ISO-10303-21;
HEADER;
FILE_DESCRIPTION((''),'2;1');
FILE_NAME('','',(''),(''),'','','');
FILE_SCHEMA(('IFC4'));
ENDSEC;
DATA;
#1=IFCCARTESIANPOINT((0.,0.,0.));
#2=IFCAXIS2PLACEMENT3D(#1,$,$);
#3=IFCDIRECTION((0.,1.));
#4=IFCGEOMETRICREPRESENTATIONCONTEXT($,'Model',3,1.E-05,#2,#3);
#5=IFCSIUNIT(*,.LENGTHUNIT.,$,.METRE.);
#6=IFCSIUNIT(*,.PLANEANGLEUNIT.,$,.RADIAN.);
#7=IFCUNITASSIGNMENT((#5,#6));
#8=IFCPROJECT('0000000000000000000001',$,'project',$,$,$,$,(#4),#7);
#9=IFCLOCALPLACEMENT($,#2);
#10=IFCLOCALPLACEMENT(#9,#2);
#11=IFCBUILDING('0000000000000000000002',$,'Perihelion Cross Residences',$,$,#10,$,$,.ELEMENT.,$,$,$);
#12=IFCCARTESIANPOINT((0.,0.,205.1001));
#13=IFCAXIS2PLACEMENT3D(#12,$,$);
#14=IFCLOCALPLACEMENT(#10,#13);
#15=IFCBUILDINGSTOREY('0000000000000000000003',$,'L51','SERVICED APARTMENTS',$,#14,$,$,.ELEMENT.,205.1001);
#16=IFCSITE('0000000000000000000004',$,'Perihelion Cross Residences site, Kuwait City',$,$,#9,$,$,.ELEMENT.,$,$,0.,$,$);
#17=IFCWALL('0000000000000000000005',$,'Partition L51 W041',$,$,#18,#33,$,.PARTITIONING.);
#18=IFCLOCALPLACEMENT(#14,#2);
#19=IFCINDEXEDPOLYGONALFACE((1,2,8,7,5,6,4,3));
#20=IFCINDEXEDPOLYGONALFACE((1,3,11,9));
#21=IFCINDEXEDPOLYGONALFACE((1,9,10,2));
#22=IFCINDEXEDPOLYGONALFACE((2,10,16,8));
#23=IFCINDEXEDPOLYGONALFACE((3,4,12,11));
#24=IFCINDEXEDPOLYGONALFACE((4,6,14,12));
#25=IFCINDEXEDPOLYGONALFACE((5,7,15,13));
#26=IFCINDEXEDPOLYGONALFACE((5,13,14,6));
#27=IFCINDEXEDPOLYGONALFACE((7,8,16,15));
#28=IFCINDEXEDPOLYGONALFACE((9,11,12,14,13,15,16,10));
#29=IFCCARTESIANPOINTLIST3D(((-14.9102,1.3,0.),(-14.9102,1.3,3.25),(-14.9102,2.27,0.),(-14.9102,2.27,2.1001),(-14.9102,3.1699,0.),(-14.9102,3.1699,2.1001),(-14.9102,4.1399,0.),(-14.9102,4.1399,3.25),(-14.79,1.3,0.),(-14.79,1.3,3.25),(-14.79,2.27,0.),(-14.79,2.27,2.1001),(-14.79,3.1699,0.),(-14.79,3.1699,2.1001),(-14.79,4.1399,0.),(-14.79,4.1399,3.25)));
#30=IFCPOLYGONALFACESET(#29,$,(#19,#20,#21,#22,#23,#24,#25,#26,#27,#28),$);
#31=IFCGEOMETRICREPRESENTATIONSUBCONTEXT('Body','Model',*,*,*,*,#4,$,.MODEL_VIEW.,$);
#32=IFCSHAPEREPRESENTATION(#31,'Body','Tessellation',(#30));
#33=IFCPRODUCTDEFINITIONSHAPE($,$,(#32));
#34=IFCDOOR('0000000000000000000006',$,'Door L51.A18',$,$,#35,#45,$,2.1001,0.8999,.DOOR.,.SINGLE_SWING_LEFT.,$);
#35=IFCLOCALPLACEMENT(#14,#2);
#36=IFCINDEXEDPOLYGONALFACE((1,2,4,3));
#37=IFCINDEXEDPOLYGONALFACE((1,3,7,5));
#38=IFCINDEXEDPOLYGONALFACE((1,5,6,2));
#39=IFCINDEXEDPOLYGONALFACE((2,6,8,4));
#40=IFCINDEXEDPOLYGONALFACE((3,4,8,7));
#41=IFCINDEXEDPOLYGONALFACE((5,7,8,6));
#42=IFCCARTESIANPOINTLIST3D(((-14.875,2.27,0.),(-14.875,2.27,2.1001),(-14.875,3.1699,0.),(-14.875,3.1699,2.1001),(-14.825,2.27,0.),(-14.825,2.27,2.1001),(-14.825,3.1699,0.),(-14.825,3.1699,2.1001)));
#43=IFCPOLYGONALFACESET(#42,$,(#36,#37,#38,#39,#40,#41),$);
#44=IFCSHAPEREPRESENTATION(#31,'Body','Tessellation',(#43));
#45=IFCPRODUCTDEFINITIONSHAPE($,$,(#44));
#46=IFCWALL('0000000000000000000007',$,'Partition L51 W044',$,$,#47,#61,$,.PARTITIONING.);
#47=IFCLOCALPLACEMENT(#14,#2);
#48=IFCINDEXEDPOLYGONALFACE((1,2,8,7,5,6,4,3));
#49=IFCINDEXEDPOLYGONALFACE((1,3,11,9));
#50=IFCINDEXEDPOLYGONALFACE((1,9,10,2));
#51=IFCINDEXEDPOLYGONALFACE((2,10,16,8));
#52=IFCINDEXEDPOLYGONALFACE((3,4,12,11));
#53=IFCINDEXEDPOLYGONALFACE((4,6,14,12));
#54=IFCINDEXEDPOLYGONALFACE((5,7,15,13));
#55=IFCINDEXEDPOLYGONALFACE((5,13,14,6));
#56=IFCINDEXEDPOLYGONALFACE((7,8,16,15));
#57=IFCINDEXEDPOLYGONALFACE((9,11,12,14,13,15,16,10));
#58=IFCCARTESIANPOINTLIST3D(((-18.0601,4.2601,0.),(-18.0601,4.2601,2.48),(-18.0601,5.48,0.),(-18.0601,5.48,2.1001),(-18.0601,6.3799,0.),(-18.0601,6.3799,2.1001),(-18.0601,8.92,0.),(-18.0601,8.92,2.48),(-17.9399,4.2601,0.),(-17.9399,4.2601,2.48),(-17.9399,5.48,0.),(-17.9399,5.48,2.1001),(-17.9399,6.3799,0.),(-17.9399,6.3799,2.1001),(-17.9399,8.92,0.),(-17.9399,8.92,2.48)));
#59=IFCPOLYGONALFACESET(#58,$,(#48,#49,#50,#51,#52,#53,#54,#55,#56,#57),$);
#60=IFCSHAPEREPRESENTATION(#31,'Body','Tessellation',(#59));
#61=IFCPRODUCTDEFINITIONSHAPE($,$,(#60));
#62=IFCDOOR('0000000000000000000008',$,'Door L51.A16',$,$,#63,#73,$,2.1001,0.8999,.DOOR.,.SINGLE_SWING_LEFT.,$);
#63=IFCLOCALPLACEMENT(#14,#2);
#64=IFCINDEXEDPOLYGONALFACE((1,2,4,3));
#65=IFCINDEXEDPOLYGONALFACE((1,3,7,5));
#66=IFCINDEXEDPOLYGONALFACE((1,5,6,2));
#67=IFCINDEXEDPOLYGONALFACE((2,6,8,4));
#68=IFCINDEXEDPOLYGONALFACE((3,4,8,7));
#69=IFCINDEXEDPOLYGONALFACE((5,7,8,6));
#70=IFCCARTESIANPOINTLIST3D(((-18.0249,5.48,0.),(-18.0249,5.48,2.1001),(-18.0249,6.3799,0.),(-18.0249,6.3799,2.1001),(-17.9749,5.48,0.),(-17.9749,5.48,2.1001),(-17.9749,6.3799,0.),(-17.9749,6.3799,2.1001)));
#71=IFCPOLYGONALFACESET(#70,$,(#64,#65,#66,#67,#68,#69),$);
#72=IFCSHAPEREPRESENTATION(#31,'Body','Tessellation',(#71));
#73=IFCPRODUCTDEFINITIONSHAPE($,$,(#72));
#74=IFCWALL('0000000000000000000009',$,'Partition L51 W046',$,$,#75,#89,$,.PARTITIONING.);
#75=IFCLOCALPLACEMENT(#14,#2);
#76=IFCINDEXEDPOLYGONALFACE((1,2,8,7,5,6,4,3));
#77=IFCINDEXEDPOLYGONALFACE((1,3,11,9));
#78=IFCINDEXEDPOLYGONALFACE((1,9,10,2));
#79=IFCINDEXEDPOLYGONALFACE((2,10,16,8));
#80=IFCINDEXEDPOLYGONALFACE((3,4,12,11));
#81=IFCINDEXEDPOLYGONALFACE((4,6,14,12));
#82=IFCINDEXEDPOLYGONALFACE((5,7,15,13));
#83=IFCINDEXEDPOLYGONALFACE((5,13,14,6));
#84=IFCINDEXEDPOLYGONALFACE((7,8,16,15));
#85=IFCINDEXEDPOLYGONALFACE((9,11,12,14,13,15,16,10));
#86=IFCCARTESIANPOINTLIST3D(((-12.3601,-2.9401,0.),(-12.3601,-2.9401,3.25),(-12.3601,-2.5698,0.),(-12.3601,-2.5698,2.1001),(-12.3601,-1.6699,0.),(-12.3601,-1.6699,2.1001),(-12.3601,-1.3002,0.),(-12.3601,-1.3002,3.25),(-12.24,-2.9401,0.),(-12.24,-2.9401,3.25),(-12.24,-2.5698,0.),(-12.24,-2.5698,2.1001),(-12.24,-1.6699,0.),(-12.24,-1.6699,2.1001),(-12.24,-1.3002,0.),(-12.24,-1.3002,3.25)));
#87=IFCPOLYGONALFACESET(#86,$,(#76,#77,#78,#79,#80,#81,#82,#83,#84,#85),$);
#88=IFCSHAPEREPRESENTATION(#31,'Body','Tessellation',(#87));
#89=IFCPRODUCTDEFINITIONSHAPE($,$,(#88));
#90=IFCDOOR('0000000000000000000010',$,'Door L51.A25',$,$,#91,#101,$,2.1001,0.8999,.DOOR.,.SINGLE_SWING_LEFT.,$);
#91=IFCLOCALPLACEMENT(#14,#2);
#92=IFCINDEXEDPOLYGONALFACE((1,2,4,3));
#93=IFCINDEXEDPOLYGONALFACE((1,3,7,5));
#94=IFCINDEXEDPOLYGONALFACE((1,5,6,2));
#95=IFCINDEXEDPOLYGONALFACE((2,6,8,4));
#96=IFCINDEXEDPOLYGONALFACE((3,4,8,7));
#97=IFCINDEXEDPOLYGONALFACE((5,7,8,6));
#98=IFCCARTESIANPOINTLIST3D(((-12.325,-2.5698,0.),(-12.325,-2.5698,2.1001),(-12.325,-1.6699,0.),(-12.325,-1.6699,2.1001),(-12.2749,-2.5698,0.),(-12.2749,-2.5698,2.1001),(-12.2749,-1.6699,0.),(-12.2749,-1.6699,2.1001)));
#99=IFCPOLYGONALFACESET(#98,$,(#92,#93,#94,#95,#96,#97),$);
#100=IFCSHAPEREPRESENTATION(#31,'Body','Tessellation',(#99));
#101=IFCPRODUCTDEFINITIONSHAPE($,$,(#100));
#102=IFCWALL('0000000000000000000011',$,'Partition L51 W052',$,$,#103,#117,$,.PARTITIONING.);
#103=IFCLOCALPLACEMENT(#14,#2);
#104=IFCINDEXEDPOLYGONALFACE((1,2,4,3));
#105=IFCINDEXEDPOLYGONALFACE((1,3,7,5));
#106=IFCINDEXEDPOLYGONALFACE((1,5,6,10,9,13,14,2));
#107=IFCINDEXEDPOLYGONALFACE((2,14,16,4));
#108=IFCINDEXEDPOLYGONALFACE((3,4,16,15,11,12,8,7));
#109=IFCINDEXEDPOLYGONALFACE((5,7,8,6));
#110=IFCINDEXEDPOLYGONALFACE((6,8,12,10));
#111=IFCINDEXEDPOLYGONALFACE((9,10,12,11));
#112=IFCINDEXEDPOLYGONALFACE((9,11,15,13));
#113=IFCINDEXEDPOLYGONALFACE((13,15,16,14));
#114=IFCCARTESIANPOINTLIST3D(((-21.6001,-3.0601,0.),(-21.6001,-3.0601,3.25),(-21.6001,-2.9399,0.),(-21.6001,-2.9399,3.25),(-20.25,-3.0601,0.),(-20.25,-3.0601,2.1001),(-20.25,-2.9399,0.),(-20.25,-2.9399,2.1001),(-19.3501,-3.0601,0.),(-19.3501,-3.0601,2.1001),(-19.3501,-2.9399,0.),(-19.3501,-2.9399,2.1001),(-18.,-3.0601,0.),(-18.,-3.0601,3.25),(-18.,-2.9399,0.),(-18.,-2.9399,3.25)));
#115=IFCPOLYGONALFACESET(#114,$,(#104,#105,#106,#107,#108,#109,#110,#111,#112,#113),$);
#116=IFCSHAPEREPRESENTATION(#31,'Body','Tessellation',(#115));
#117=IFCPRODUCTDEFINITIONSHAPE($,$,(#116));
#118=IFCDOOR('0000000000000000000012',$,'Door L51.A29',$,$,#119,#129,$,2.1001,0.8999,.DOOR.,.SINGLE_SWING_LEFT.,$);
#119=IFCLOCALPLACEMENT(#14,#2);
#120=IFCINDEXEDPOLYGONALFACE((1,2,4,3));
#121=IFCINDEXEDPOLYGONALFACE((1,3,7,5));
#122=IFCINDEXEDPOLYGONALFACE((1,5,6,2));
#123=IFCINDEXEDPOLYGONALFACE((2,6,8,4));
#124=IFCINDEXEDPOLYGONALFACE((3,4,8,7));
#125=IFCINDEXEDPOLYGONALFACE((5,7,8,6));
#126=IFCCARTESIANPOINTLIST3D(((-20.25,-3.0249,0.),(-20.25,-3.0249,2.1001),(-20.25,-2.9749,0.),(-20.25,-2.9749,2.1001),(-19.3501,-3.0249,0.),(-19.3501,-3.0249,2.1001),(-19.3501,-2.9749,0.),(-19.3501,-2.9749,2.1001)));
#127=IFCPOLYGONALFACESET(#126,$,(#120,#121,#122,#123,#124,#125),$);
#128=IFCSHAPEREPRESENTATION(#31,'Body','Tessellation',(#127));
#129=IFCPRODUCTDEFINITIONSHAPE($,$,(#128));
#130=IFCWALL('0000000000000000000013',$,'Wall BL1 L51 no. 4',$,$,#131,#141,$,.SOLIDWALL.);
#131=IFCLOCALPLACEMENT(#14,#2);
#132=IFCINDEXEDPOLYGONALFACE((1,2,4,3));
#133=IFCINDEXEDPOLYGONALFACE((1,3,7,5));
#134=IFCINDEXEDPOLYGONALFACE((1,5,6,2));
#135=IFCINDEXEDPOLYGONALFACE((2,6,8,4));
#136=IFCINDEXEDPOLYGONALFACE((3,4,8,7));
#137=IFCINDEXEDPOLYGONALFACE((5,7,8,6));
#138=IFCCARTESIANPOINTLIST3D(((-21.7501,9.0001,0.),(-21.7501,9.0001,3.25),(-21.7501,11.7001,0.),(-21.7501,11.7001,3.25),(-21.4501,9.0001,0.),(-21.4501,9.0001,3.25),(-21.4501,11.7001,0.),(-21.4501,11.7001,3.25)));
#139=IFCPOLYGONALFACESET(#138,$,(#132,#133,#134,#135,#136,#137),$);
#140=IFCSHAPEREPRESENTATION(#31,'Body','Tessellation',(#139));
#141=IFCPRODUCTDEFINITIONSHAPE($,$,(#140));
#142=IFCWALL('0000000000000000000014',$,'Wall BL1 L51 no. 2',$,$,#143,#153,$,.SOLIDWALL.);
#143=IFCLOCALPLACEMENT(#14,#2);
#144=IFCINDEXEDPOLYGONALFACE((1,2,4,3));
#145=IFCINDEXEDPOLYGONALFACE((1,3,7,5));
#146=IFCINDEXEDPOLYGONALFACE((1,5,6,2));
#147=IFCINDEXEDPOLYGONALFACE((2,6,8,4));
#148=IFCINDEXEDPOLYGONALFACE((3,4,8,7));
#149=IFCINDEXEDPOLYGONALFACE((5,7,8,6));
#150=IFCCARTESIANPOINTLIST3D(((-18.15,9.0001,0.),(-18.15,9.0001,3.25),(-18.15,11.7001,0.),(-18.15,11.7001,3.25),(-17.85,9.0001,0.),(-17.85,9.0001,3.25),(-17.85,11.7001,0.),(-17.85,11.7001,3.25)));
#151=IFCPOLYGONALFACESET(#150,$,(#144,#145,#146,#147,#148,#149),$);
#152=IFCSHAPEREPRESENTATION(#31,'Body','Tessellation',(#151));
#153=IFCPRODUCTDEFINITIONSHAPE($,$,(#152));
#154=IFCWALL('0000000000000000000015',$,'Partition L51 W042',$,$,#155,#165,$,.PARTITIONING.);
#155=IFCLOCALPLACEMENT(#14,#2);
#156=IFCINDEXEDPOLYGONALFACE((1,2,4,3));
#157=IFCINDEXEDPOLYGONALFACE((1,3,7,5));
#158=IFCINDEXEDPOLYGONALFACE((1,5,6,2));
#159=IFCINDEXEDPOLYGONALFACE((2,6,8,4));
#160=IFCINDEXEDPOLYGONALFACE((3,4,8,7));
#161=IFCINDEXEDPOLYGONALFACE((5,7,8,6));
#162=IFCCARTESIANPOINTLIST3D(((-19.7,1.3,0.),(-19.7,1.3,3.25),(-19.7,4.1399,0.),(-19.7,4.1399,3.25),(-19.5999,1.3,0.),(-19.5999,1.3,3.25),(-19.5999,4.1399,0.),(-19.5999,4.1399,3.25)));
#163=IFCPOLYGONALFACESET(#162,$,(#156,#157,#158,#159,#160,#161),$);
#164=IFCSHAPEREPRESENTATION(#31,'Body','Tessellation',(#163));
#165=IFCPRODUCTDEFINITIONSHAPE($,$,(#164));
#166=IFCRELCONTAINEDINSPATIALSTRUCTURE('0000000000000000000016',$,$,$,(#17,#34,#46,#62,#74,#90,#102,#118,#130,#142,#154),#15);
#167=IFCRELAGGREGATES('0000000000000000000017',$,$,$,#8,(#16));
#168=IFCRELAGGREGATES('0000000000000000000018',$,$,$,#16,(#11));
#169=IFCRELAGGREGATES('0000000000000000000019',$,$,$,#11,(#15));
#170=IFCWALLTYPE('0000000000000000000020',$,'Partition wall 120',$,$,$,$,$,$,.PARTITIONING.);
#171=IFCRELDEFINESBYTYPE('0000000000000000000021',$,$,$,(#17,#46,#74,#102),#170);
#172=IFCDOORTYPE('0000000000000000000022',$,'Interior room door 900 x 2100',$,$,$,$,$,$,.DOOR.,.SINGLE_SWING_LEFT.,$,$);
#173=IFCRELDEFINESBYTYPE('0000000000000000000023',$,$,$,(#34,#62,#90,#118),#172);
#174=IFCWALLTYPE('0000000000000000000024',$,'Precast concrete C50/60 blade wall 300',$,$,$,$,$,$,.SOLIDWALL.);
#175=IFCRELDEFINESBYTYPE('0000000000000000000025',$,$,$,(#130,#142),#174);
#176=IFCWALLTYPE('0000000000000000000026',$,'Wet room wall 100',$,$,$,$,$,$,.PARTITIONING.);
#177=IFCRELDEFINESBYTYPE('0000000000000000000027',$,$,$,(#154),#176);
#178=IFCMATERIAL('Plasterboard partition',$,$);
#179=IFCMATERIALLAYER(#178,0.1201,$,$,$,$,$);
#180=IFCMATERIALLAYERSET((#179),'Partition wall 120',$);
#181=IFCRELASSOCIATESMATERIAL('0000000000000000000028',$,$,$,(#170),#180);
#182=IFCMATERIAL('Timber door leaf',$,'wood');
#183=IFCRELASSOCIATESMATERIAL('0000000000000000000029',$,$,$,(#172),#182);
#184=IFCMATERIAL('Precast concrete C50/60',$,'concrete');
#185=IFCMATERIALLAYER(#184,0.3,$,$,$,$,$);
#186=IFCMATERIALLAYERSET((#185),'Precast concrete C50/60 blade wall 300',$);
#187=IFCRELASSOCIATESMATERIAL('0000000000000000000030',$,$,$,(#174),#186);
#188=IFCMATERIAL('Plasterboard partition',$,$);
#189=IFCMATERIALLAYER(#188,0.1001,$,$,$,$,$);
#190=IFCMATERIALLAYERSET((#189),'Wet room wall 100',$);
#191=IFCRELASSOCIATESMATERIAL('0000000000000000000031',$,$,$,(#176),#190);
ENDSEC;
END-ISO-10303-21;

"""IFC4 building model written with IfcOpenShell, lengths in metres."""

from ifc_helpers import new_model, si_unit, direction, frame, frame_2d, origin, place, context, subcontext, project, spatial, rectangle, extrude, material, layer, layer_set, type_object, element, fill, save


model = new_model("IFC4")

# Units and contexts
model_context = context("Model", 3, precision=1e-05, world=origin(), true_north=direction((0.0, 1.0)))
body_context = subcontext(model_context, "Body", "Model", "MODEL_VIEW")
ifc_project = project(units=[si_unit("LENGTHUNIT", "METRE"), si_unit("PLANEANGLEUNIT", "RADIAN")], contexts=[model_context])

# Site, building, storey
site_placement = place(None, origin())
site = spatial("IfcSite", under=ifc_project, at=site_placement, Name="Perihelion Cross Residences site, Kuwait City", CompositionType="ELEMENT", RefElevation=0.0)
building_placement = place(site_placement, origin())
building = spatial("IfcBuilding", under=site, at=building_placement, Name="Perihelion Cross Residences", CompositionType="ELEMENT")
storey_placement = place(building_placement, frame((0.0, 0.0, 205.1001)))
storey = spatial("IfcBuildingStorey", under=building, at=storey_placement, Name="L51", Description="SERVICED APARTMENTS", CompositionType="ELEMENT", Elevation=205.1001)

# Walls, openings, doors
ifc_material_1 = material(Name="Plasterboard partition")
ifc_layer_1 = layer(ifc_material_1, 0.1201)
ifc_layer_set_1 = layer_set([ifc_layer_1], Name="Partition wall 120")
wall_type_1 = type_object("IfcWallType", Name="Partition wall 120", PredefinedType="PARTITIONING", material=ifc_layer_set_1)
ifc_material_2 = material(Name="Timber door leaf", Category="wood")
door_type_1 = type_object("IfcDoorType", Name="Interior room door 900 x 2100", OperationType="SINGLE_SWING_LEFT", PredefinedType="DOOR", material=ifc_material_2)
wall_1_placement = place(storey_placement, frame((-14.8501, 1.3, 0.0), z_axis=(0.0, 0.0, 1.0), x_axis=(0.0, 1.0, 0.0)))
wall_1 = element("IfcWall", 1, at=wall_1_placement, inside=storey, type_object=wall_type_1, Name="Partition L51 W041", PredefinedType="PARTITIONING", context=body_context, shape_type="SweptSolid", body=[
    extrude(rectangle(XDim=2.8398, YDim=0.1201, at=frame_2d((1.4199, 0.0))), origin(), (0.0, 0.0, 1.0), 3.25),
])
opening_1_placement = place(wall_1_placement, frame((0.97, 0.0, 0.0)))
opening_1 = element("IfcOpeningElement", 2, at=opening_1_placement, cuts=wall_1, PredefinedType="OPENING", context=body_context, shape_type="SweptSolid", body=[
    extrude(rectangle(XDim=0.8999, YDim=2.1001, at=frame_2d((0.45, 1.05))), frame((0.0, 0.0701, 0.0), z_axis=(0.0, -1.0, 0.0), x_axis=(1.0, 0.0, 0.0)), (0.0, 0.0, 1.0), 0.1401),
])
door_1_placement = place(opening_1_placement, origin())
door_1 = element("IfcDoor", 3, at=door_1_placement, inside=storey, type_object=door_type_1, Name="Door L51.A18", OperationType="SINGLE_SWING_LEFT", OverallHeight=2.1001, OverallWidth=0.8999, PredefinedType="DOOR", context=body_context, shape_type="SweptSolid", body=[
    extrude(rectangle(XDim=0.8999, YDim=2.1001, at=frame_2d((0.45, 1.05))), frame((0.0, 0.0249, 0.0), z_axis=(0.0, -1.0, 0.0), x_axis=(1.0, 0.0, 0.0)), (0.0, 0.0, 1.0), 0.05),
])
fill(opening_1, door_1)
wall_2_placement = place(storey_placement, frame((-18.0, 4.26, 0.0), z_axis=(0.0, 0.0, 1.0), x_axis=(0.0, 1.0, 0.0)))
wall_2 = element("IfcWall", 4, at=wall_2_placement, inside=storey, type_object=wall_type_1, Name="Partition L51 W044", PredefinedType="PARTITIONING", context=body_context, shape_type="SweptSolid", body=[
    extrude(rectangle(XDim=4.6599, YDim=0.1201, at=frame_2d((2.3301, 0.0))), origin(), (0.0, 0.0, 1.0), 2.48),
])
opening_2_placement = place(wall_2_placement, frame((1.22, 0.0, 0.0)))
opening_2 = element("IfcOpeningElement", 5, at=opening_2_placement, cuts=wall_2, PredefinedType="OPENING", context=body_context, shape_type="SweptSolid", body=[
    extrude(rectangle(XDim=0.8999, YDim=2.1001, at=frame_2d((0.45, 1.05))), frame((0.0, 0.0701, 0.0), z_axis=(0.0, -1.0, 0.0), x_axis=(1.0, 0.0, 0.0)), (0.0, 0.0, 1.0), 0.1401),
])
door_2_placement = place(opening_2_placement, origin())
door_2 = element("IfcDoor", 6, at=door_2_placement, inside=storey, type_object=door_type_1, Name="Door L51.A16", OperationType="SINGLE_SWING_LEFT", OverallHeight=2.1001, OverallWidth=0.8999, PredefinedType="DOOR", context=body_context, shape_type="SweptSolid", body=[
    extrude(rectangle(XDim=0.8999, YDim=2.1001, at=frame_2d((0.45, 1.05))), frame((0.0, 0.0249, 0.0), z_axis=(0.0, -1.0, 0.0), x_axis=(1.0, 0.0, 0.0)), (0.0, 0.0, 1.0), 0.05),
])
fill(opening_2, door_2)
wall_3_placement = place(storey_placement, frame((-12.3, -2.9399, 0.0), z_axis=(0.0, 0.0, 1.0), x_axis=(0.0, 1.0, 0.0)))
wall_3 = element("IfcWall", 7, at=wall_3_placement, inside=storey, type_object=wall_type_1, Name="Partition L51 W046", PredefinedType="PARTITIONING", context=body_context, shape_type="SweptSolid", body=[
    extrude(rectangle(XDim=1.6399, YDim=0.1201, at=frame_2d((0.8198, 0.0))), origin(), (0.0, 0.0, 1.0), 3.25),
])
opening_3_placement = place(wall_3_placement, frame((0.3701, 0.0, 0.0)))
opening_3 = element("IfcOpeningElement", 8, at=opening_3_placement, cuts=wall_3, PredefinedType="OPENING", context=body_context, shape_type="SweptSolid", body=[
    extrude(rectangle(XDim=0.8999, YDim=2.1001, at=frame_2d((0.45, 1.05))), frame((0.0, 0.0701, 0.0), z_axis=(0.0, -1.0, 0.0), x_axis=(1.0, 0.0, 0.0)), (0.0, 0.0, 1.0), 0.1401),
])
door_3_placement = place(opening_3_placement, origin())
door_3 = element("IfcDoor", 9, at=door_3_placement, inside=storey, type_object=door_type_1, Name="Door L51.A25", OperationType="SINGLE_SWING_LEFT", OverallHeight=2.1001, OverallWidth=0.8999, PredefinedType="DOOR", context=body_context, shape_type="SweptSolid", body=[
    extrude(rectangle(XDim=0.8999, YDim=2.1001, at=frame_2d((0.45, 1.05))), frame((0.0, 0.0249, 0.0), z_axis=(0.0, -1.0, 0.0), x_axis=(1.0, 0.0, 0.0)), (0.0, 0.0, 1.0), 0.05),
])
fill(opening_3, door_3)
wall_4_placement = place(storey_placement, frame((-18.0, -3.0, 0.0), z_axis=(0.0, 0.0, 1.0), x_axis=(-1.0, 0.0, 0.0)))
wall_4 = element("IfcWall", 10, at=wall_4_placement, inside=storey, type_object=wall_type_1, Name="Partition L51 W052", PredefinedType="PARTITIONING", context=body_context, shape_type="SweptSolid", body=[
    extrude(rectangle(XDim=3.6001, YDim=0.1201, at=frame_2d((1.8, 0.0))), origin(), (0.0, 0.0, 1.0), 3.25),
])
opening_4_placement = place(wall_4_placement, frame((1.3501, 0.0, 0.0)))
opening_4 = element("IfcOpeningElement", 11, at=opening_4_placement, cuts=wall_4, PredefinedType="OPENING", context=body_context, shape_type="SweptSolid", body=[
    extrude(rectangle(XDim=0.8999, YDim=2.1001, at=frame_2d((0.45, 1.05))), frame((0.0, 0.0701, 0.0), z_axis=(0.0, -1.0, 0.0), x_axis=(1.0, 0.0, 0.0)), (0.0, 0.0, 1.0), 0.1401),
])
door_4_placement = place(opening_4_placement, origin())
door_4 = element("IfcDoor", 12, at=door_4_placement, inside=storey, type_object=door_type_1, Name="Door L51.A29", OperationType="SINGLE_SWING_LEFT", OverallHeight=2.1001, OverallWidth=0.8999, PredefinedType="DOOR", context=body_context, shape_type="SweptSolid", body=[
    extrude(rectangle(XDim=0.8999, YDim=2.1001, at=frame_2d((0.45, 1.05))), frame((0.0, 0.0249, 0.0), z_axis=(0.0, -1.0, 0.0), x_axis=(1.0, 0.0, 0.0)), (0.0, 0.0, 1.0), 0.05),
])
fill(opening_4, door_4)

# Walls
ifc_material_3 = material(Name="Precast concrete C50/60", Category="concrete")
ifc_layer_2 = layer(ifc_material_3, 0.3)
ifc_layer_set_2 = layer_set([ifc_layer_2], Name="Precast concrete C50/60 blade wall 300")
wall_type_2 = type_object("IfcWallType", Name="Precast concrete C50/60 blade wall 300", PredefinedType="SOLIDWALL", material=ifc_layer_set_2)
for number, where, z_axis, x_axis, name in (
    (13, (-21.6001, 9.0, 0.0), (0.0, 0.0, 1.0), (0.0, 1.0, 0.0), "Wall BL1 L51 no. 4"),
    (14, (-18.0, 9.0, 0.0), (0.0, 0.0, 1.0), (0.0, 1.0, 0.0), "Wall BL1 L51 no. 2"),
):
    element("IfcWall", number, at=place(storey_placement, frame(where, z_axis=z_axis, x_axis=x_axis)), inside=storey, type_object=wall_type_2, Name=name, PredefinedType="SOLIDWALL", context=body_context, shape_type="SweptSolid", body=[
        extrude(rectangle(XDim=2.7, YDim=0.3, at=frame_2d((1.3501, 0.0))), origin(), (0.0, 0.0, 1.0), 3.25),
    ])
ifc_material_4 = material(Name="Plasterboard partition")
ifc_layer_3 = layer(ifc_material_4, 0.1001)
ifc_layer_set_3 = layer_set([ifc_layer_3], Name="Wet room wall 100")
wall_type_3 = type_object("IfcWallType", Name="Wet room wall 100", PredefinedType="PARTITIONING", material=ifc_layer_set_3)
wall_5_placement = place(storey_placement, frame((-19.6499, 1.3, 0.0), z_axis=(0.0, 0.0, 1.0), x_axis=(0.0, 1.0, 0.0)))
element("IfcWall", 15, at=wall_5_placement, inside=storey, type_object=wall_type_3, Name="Partition L51 W042", PredefinedType="PARTITIONING", context=body_context, shape_type="SweptSolid", body=[
    extrude(rectangle(XDim=2.8398, YDim=0.1001, at=frame_2d((1.4199, 0.0))), origin(), (0.0, 0.0, 1.0), 3.25),
])

save(model, "model.ifc")
